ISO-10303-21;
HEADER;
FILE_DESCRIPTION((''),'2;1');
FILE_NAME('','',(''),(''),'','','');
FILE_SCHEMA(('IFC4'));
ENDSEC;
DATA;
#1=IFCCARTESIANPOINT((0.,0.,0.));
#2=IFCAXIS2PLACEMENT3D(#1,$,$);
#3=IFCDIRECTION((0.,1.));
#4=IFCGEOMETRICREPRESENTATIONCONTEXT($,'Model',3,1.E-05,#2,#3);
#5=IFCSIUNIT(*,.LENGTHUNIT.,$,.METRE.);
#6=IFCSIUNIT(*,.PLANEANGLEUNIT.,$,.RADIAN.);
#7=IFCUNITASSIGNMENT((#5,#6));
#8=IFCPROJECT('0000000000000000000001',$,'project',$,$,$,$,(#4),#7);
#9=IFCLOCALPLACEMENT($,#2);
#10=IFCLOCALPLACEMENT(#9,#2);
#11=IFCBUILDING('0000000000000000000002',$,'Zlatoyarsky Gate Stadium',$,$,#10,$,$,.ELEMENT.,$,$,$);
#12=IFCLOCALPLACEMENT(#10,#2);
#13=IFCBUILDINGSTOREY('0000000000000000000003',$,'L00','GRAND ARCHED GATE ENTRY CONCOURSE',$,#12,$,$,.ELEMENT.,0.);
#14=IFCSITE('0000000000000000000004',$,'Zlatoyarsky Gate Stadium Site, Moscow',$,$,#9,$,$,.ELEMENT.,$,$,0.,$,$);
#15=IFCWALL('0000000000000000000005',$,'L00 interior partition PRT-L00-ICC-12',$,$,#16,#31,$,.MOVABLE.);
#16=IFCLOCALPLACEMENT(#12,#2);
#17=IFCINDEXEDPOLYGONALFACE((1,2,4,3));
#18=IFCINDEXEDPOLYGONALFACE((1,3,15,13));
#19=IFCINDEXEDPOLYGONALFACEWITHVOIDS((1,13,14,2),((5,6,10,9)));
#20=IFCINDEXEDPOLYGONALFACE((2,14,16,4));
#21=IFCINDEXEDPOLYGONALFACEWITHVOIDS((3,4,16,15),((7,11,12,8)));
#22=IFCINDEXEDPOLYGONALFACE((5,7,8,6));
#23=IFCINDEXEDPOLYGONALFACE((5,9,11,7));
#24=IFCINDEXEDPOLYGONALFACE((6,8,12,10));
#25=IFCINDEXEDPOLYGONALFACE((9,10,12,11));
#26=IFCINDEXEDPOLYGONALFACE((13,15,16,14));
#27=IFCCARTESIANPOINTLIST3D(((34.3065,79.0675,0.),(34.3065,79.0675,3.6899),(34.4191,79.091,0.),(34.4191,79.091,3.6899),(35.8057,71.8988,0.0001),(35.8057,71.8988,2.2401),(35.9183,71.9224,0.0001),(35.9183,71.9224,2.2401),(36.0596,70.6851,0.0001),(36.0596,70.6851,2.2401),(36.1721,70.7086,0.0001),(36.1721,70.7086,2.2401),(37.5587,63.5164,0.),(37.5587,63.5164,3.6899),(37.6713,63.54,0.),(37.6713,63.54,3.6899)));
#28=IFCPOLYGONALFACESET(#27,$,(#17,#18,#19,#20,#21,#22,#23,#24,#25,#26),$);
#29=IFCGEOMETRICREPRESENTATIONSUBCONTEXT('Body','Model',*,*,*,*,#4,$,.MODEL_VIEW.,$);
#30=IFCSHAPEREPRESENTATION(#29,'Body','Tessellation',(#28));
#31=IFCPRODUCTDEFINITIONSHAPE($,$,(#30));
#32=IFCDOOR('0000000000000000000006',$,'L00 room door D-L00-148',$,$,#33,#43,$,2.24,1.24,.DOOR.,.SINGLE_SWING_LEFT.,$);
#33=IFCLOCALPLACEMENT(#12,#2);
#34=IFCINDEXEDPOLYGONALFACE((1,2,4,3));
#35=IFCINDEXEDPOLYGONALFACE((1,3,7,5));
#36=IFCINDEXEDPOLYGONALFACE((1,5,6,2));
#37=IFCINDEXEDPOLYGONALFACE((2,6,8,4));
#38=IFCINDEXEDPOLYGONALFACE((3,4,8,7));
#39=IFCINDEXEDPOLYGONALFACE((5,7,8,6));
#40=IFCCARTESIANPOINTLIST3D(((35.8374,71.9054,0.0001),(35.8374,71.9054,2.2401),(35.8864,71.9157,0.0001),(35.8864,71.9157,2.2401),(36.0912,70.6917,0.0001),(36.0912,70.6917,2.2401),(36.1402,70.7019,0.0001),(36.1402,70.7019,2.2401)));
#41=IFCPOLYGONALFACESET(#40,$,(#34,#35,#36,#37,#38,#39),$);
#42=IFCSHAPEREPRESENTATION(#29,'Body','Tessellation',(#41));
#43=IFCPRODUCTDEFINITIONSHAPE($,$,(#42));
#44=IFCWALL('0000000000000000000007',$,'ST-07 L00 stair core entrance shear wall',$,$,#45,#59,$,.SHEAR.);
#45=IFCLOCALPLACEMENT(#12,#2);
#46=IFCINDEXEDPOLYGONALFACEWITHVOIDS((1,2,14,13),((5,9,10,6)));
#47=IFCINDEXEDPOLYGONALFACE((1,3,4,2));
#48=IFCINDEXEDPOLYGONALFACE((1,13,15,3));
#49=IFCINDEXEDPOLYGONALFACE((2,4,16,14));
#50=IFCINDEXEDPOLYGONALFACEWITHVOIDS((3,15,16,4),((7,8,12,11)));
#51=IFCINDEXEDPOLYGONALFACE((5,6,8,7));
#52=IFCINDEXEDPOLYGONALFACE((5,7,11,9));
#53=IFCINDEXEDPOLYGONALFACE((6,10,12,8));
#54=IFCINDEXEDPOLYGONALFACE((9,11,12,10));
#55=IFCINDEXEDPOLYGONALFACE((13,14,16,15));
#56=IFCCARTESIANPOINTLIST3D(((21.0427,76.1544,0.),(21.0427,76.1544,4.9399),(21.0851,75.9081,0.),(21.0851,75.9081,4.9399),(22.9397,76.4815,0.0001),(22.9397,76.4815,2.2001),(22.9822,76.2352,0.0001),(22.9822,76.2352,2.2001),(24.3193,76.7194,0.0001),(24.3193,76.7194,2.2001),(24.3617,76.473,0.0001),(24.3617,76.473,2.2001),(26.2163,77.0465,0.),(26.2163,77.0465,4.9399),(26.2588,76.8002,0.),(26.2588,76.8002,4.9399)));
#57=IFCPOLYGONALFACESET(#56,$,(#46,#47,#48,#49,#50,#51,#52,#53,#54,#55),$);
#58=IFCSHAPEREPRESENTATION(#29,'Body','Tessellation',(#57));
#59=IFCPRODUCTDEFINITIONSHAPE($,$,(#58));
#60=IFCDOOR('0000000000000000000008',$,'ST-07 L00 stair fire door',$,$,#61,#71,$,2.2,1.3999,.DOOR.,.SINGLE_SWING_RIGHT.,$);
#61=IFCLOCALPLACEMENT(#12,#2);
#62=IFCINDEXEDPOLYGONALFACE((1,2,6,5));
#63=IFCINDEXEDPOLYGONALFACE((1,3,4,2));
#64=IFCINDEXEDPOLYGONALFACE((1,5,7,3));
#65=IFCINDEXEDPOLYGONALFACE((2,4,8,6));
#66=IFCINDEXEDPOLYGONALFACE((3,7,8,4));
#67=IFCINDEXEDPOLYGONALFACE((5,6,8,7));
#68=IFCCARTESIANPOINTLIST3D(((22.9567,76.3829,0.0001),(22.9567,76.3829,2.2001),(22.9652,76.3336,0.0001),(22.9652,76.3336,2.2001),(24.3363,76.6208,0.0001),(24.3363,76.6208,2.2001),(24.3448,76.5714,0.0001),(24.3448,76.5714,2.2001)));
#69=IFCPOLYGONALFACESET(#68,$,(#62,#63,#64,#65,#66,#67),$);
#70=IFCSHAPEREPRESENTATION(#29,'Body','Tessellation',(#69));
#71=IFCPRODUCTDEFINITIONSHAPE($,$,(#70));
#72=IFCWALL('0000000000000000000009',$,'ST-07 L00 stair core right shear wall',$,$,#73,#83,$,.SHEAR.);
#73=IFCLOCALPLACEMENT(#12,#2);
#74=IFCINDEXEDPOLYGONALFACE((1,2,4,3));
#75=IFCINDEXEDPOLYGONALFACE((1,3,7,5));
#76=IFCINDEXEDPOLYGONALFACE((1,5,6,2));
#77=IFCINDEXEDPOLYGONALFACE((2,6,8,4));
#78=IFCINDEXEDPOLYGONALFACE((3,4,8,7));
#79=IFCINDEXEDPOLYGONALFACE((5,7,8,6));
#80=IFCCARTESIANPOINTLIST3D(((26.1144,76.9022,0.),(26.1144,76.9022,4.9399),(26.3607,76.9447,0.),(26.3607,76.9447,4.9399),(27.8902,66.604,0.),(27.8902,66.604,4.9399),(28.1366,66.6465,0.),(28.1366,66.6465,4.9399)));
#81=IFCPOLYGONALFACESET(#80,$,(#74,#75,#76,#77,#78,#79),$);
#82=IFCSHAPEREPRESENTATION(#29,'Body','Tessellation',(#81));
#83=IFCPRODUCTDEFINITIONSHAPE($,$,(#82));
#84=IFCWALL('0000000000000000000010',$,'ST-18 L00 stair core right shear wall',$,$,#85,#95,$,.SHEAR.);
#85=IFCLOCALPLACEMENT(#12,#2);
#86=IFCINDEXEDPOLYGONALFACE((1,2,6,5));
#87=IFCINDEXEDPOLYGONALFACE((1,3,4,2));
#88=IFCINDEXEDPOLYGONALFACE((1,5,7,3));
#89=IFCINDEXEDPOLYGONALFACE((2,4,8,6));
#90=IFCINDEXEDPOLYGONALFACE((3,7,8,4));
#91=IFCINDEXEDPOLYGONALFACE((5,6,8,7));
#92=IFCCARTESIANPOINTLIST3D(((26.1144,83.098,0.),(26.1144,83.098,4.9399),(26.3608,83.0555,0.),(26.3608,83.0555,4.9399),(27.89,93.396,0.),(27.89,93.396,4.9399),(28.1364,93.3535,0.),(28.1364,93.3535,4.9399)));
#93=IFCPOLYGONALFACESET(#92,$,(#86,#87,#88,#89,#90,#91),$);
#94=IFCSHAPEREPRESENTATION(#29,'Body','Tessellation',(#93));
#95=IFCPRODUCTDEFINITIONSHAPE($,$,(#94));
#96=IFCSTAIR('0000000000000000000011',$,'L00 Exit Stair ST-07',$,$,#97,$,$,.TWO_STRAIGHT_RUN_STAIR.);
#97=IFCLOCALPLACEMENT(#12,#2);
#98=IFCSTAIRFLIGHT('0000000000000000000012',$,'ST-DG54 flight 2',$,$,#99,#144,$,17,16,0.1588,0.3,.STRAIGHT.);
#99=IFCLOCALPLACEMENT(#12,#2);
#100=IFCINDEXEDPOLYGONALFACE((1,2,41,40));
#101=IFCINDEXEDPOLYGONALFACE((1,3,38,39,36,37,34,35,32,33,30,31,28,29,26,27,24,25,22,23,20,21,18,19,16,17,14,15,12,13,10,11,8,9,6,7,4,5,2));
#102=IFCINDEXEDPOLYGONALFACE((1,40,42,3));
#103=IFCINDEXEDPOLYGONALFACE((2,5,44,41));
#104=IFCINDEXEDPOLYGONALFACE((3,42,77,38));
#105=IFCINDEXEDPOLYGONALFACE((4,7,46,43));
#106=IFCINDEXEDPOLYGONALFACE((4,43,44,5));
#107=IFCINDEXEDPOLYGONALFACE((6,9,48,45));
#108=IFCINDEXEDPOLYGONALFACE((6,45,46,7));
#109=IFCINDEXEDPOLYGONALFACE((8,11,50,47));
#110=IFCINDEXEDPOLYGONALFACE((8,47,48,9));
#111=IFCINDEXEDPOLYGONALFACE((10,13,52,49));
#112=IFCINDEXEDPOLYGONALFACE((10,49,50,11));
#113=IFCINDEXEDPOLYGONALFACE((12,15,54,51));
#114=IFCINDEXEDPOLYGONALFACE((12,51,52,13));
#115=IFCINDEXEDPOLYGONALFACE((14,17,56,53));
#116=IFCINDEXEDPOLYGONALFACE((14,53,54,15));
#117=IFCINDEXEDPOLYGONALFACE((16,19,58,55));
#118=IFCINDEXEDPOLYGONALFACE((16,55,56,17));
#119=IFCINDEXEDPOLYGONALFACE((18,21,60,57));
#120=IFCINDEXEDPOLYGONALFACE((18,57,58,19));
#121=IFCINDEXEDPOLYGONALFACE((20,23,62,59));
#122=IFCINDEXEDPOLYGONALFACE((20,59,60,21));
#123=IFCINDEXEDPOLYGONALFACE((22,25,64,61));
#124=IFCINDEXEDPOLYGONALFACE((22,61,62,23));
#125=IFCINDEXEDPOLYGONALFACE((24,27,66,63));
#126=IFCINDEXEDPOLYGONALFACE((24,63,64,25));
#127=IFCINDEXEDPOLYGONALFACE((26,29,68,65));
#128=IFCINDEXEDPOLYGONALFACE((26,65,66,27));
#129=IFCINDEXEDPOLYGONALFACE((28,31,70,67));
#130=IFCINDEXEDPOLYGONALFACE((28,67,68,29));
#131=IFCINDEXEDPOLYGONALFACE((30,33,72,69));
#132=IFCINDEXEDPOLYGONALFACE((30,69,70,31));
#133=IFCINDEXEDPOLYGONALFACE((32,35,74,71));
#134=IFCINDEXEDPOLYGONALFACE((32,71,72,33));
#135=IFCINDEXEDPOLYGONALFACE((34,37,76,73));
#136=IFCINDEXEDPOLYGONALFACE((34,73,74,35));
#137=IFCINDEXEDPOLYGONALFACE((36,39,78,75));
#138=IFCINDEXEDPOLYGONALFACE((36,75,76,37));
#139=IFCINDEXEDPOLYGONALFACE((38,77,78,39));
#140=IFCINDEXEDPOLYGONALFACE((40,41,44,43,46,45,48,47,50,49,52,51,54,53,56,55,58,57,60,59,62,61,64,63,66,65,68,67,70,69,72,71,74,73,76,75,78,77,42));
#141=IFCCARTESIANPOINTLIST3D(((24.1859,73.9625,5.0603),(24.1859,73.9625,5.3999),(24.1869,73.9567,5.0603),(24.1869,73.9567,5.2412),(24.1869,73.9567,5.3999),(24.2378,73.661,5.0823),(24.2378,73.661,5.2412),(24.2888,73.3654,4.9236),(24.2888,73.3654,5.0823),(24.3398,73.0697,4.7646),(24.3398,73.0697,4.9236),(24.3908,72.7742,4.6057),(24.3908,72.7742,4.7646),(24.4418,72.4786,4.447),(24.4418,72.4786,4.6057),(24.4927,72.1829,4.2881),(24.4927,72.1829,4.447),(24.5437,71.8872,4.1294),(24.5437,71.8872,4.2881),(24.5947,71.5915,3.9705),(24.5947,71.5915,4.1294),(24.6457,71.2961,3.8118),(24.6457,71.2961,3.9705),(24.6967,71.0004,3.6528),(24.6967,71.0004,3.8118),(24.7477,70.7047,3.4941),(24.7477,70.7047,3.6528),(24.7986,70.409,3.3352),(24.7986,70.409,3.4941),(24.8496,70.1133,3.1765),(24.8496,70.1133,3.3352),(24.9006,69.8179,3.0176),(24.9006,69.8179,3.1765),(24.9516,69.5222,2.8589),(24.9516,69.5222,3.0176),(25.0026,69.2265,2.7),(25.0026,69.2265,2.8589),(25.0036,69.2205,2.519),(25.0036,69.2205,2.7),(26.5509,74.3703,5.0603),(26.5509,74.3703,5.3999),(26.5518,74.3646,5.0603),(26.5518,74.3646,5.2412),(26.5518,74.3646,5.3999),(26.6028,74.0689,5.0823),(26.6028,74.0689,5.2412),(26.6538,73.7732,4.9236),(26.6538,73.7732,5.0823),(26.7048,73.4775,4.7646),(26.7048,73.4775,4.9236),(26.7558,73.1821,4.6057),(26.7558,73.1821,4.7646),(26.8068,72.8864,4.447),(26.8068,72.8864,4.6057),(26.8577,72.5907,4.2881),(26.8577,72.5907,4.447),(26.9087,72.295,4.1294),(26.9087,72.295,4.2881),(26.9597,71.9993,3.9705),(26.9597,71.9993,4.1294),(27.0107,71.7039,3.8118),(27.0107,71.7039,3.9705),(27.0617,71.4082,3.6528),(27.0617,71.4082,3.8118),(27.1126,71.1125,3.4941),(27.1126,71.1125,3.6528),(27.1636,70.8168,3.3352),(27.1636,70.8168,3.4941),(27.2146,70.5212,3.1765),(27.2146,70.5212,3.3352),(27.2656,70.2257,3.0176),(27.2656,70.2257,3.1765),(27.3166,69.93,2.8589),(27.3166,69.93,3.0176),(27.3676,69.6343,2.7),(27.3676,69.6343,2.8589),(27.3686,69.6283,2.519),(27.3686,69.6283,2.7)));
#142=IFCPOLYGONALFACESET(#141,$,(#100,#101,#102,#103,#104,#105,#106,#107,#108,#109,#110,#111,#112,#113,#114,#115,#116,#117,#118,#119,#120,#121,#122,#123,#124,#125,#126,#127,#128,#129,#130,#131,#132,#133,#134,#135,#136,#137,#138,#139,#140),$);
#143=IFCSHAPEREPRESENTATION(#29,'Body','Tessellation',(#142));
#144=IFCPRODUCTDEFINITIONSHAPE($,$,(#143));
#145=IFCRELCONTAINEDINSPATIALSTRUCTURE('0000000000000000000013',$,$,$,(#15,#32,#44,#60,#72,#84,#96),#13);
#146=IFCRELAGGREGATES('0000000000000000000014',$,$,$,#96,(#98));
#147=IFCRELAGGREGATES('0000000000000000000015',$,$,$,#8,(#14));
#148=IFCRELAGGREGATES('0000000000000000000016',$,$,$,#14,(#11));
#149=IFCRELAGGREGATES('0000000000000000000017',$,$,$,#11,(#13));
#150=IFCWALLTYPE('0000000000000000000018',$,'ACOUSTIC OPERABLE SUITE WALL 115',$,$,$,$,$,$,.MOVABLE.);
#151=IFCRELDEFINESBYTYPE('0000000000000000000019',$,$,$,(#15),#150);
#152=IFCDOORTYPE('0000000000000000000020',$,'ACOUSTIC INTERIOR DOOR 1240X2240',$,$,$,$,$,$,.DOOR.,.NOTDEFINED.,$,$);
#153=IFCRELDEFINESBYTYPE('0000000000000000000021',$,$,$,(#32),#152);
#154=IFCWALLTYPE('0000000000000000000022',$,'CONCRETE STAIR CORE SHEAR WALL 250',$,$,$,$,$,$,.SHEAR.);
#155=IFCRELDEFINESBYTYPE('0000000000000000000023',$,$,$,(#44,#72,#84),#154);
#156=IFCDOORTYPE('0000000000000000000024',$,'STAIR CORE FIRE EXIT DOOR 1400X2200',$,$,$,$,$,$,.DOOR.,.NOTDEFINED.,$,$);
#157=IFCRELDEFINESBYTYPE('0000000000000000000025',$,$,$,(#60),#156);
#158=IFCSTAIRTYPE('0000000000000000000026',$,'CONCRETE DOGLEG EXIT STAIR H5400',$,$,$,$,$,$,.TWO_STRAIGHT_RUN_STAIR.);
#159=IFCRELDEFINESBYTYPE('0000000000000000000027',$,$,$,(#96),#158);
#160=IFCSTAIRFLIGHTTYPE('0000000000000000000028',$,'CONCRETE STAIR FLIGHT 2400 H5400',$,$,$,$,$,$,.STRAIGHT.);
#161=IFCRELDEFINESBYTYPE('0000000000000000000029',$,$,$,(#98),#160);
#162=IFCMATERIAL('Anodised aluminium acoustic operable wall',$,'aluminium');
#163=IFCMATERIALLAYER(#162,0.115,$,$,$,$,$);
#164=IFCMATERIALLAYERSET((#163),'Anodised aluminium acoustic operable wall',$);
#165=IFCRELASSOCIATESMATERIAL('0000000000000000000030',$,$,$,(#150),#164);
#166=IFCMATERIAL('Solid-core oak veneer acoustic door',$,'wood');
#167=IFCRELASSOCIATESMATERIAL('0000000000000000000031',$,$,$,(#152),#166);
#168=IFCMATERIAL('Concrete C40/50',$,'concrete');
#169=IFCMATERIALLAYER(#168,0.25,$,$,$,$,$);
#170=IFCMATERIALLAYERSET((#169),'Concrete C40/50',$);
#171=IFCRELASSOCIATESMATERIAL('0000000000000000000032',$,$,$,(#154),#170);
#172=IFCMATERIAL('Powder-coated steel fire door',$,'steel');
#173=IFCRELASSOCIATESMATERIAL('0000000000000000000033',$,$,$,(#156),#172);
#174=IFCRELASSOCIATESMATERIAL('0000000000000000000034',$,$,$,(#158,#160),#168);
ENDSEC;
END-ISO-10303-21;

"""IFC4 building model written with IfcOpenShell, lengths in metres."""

from ifc_helpers import new_model, si_unit, direction, frame, frame_2d, origin, place, context, subcontext, project, spatial, polyline, rectangle, outline, extrude, material, layer, layer_set, type_object, element, fill, aggregate, save


model = new_model("IFC4")

# Units and contexts
model_context = context("Model", 3, precision=1e-05, world=origin(), true_north=direction((0.0, 1.0)))
body_context = subcontext(model_context, "Body", "Model", "MODEL_VIEW")
ifc_project = project(units=[si_unit("LENGTHUNIT", "METRE"), si_unit("PLANEANGLEUNIT", "RADIAN")], contexts=[model_context])

# Site, building, storey
site_placement = place(None, origin())
site = spatial("IfcSite", under=ifc_project, at=site_placement, Name="Zlatoyarsky Gate Stadium Site, Moscow", CompositionType="ELEMENT", RefElevation=0.0)
building_placement = place(site_placement, origin())
building = spatial("IfcBuilding", under=site, at=building_placement, Name="Zlatoyarsky Gate Stadium", CompositionType="ELEMENT")
storey_placement = place(building_placement, origin())
storey = spatial("IfcBuildingStorey", under=building, at=storey_placement, Name="L00", Description="GRAND ARCHED GATE ENTRY CONCOURSE", CompositionType="ELEMENT", Elevation=0.0)

# Shared definitions
ifc_material_1 = material(Name="Concrete C40/50", Category="concrete")

# Walls, openings, doors
ifc_material_2 = material(Name="Anodised aluminium acoustic operable wall", Category="aluminium")
ifc_layer_1 = layer(ifc_material_2, 0.115)
ifc_layer_set_1 = layer_set([ifc_layer_1], Name="Anodised aluminium acoustic operable wall")
wall_type_1 = type_object("IfcWallType", Name="ACOUSTIC OPERABLE SUITE WALL 115", PredefinedType="MOVABLE", material=ifc_layer_set_1)
wall_1_placement = place(storey_placement, frame((34.3628, 79.0793, 0.0), z_axis=(0.0, 0.0, 1.0), x_axis=(0.204702, -0.978824, 0.0)))
wall_1 = element("IfcWall", 1, at=wall_1_placement, inside=storey, type_object=wall_type_1, Name="L00 interior partition PRT-L00-ICC-12", PredefinedType="MOVABLE", context=body_context, shape_type="SweptSolid", body=[
    extrude(rectangle(XDim=15.8875, YDim=0.115, at=frame_2d((7.9438, 0.0))), origin(), (0.0, 0.0, 1.0), 3.6899),
])
opening_1_placement = place(wall_1_placement, frame((7.3237, 0.0, 0.0)))
opening_1 = element("IfcOpeningElement", 2, at=opening_1_placement, cuts=wall_1, PredefinedType="OPENING", context=body_context, shape_type="SweptSolid", body=[
    extrude(rectangle(XDim=1.24, YDim=2.24, at=frame_2d((0.6201, 1.1201))), frame((0.0, 0.0674, 0.0), z_axis=(0.0, -1.0, 0.0), x_axis=(1.0, 0.0, 0.0)), (0.0, 0.0, 1.0), 0.135),
])
ifc_material_3 = material(Name="Solid-core oak veneer acoustic door", Category="wood")
door_type_1 = type_object("IfcDoorType", Name="ACOUSTIC INTERIOR DOOR 1240X2240", OperationType="NOTDEFINED", PredefinedType="DOOR", material=ifc_material_3)
door_1_placement = place(opening_1_placement, origin())
door_1 = element("IfcDoor", 3, at=door_1_placement, inside=storey, type_object=door_type_1, Name="L00 room door D-L00-148", OperationType="SINGLE_SWING_LEFT", OverallHeight=2.24, OverallWidth=1.24, PredefinedType="DOOR", context=body_context, shape_type="SweptSolid", body=[
    extrude(rectangle(XDim=1.24, YDim=2.24, at=frame_2d((0.6201, 1.1201))), frame((0.0, 0.0249, 0.0), z_axis=(0.0, -1.0, 0.0), x_axis=(1.0, 0.0, 0.0)), (0.0, 0.0, 1.0), 0.05),
])
fill(opening_1, door_1)
ifc_layer_2 = layer(ifc_material_1, 0.25)
ifc_layer_set_2 = layer_set([ifc_layer_2], Name="Concrete C40/50")
wall_type_2 = type_object("IfcWallType", Name="CONCRETE STAIR CORE SHEAR WALL 250", PredefinedType="SHEAR", material=ifc_layer_set_2)
wall_2_placement = place(storey_placement, frame((26.2375, 76.9233, 0.0), z_axis=(0.0, 0.0, 1.0), x_axis=(-0.985457, -0.169924, 0.0)))
wall_2 = element("IfcWall", 4, at=wall_2_placement, inside=storey, type_object=wall_type_2, Name="ST-07 L00 stair core entrance shear wall", PredefinedType="SHEAR", context=body_context, shape_type="SweptSolid", body=[
    extrude(rectangle(XDim=5.25, YDim=0.25, at=frame_2d((2.625, 0.0))), origin(), (0.0, 0.0, 1.0), 4.9399),
])
opening_2_placement = place(wall_2_placement, frame((1.925, 0.0, 0.0)))
opening_2 = element("IfcOpeningElement", 5, at=opening_2_placement, cuts=wall_2, PredefinedType="OPENING", context=body_context, shape_type="SweptSolid", body=[
    extrude(rectangle(XDim=1.3999, YDim=2.2, at=frame_2d((0.7, 1.1001))), frame((0.0, 0.135, 0.0), z_axis=(0.0, -1.0, 0.0), x_axis=(1.0, 0.0, 0.0)), (0.0, 0.0, 1.0), 0.27),
])
ifc_material_4 = material(Name="Powder-coated steel fire door", Category="steel")
door_type_2 = type_object("IfcDoorType", Name="STAIR CORE FIRE EXIT DOOR 1400X2200", OperationType="NOTDEFINED", PredefinedType="DOOR", material=ifc_material_4)
door_2_placement = place(opening_2_placement, frame((1.3999, 0.0, 0.0), z_axis=(0.0, 0.0, 1.0), x_axis=(-1.0, 0.0, 0.0)))
door_2 = element("IfcDoor", 6, at=door_2_placement, inside=storey, type_object=door_type_2, Name="ST-07 L00 stair fire door", OperationType="SINGLE_SWING_RIGHT", OverallHeight=2.2, OverallWidth=1.3999, PredefinedType="DOOR", context=body_context, shape_type="SweptSolid", body=[
    extrude(rectangle(XDim=1.3999, YDim=2.2, at=frame_2d((0.7, 1.1001))), frame((0.0, 0.0249, 0.0), z_axis=(0.0, -1.0, 0.0), x_axis=(1.0, 0.0, 0.0)), (0.0, 0.0, 1.0), 0.05),
])
fill(opening_2, door_2)

# Walls
wall_3_placement = place(storey_placement, frame((28.0134, 66.6252, 0.0), z_axis=(0.0, 0.0, 1.0), x_axis=(-0.169939, 0.985455, 0.0)))
element("IfcWall", 7, at=wall_3_placement, inside=storey, type_object=wall_type_2, Name="ST-07 L00 stair core right shear wall", PredefinedType="SHEAR", context=body_context, shape_type="SweptSolid", body=[
    extrude(rectangle(XDim=10.4502, YDim=0.25, at=frame_2d((5.2251, 0.0))), origin(), (0.0, 0.0, 1.0), 4.9399),
])
wall_4_placement = place(storey_placement, frame((26.2375, 83.0767, 0.0), z_axis=(0.0, 0.0, 1.0), x_axis=(0.169916, 0.985458, 0.0)))
element("IfcWall", 8, at=wall_4_placement, inside=storey, type_object=wall_type_2, Name="ST-18 L00 stair core right shear wall", PredefinedType="SHEAR", context=body_context, shape_type="SweptSolid", body=[
    extrude(rectangle(XDim=10.45, YDim=0.25, at=frame_2d((5.2251, 0.0))), origin(), (0.0, 0.0, 1.0), 4.9399),
])

# Stair, stair flight
stair_type = type_object("IfcStairType", Name="CONCRETE DOGLEG EXIT STAIR H5400", PredefinedType="TWO_STRAIGHT_RUN_STAIR", material=ifc_material_1)
stair_1_placement = place(storey_placement, origin())
stair_1 = element("IfcStair", 9, at=stair_1_placement, inside=storey, type_object=stair_type, Name="L00 Exit Stair ST-07", PredefinedType="TWO_STRAIGHT_RUN_STAIR")
stair_flight_type = type_object("IfcStairFlightType", Name="CONCRETE STAIR FLIGHT 2400 H5400", PredefinedType="STRAIGHT", material=ifc_material_1)
stair_flight_1_placement = place(storey_placement, frame((26.1851, 69.4304, 2.7), z_axis=(0.0, 0.0, 1.0), x_axis=(-0.169938, 0.985455, 0.0)))
stair_flight_1 = element("IfcStairFlight", 10, at=stair_flight_1_placement, type_object=stair_flight_type, Name="ST-DG54 flight 2", NumberOfRisers=17, NumberOfTreads=16, PredefinedType="STRAIGHT", RiserHeight=0.1588, TreadLength=0.3, context=body_context, shape_type="SweptSolid", body=[
    extrude(outline(polyline([(-0.0061, -0.1809), (-0.0061, 0.0), (0.0, 0.0), (0.0, 0.1589), (0.3, 0.1589), (0.3, 0.3176), (0.6001, 0.3176), (0.6001, 0.4766), (0.8999, 0.4766), (0.8999, 0.6353), (1.2, 0.6353), (1.2, 0.7942), (1.5, 0.7942), (1.5, 0.9529), (1.8, 0.9529), (1.8, 1.1118), (2.1001, 1.1118), (2.1001, 1.2705), (2.3999, 1.2705), (2.3999, 1.4294), (2.7, 1.4294), (2.7, 1.5881), (3.0, 1.5881), (3.0, 1.7471), (3.3, 1.7471), (3.3, 1.9058), (3.6001, 1.9058), (3.6001, 2.0647), (3.8999, 2.0647), (3.8999, 2.2236), (4.2, 2.2236), (4.2, 2.3823), (4.5, 2.3823), (4.5, 2.5413), (4.8, 2.5413), (4.8, 2.7), (4.8059, 2.7), (4.8059, 2.3604), (4.8, 2.3604), (-0.0061, -0.1809)])), frame((0.0, 1.2, 0.0), z_axis=(0.0, -1.0, 0.0), x_axis=(1.0, 0.0, 0.0)), (0.0, 0.0, 1.0), 2.3999),
])
aggregate(stair_1, [stair_flight_1])

save(model, "model.ifc")
